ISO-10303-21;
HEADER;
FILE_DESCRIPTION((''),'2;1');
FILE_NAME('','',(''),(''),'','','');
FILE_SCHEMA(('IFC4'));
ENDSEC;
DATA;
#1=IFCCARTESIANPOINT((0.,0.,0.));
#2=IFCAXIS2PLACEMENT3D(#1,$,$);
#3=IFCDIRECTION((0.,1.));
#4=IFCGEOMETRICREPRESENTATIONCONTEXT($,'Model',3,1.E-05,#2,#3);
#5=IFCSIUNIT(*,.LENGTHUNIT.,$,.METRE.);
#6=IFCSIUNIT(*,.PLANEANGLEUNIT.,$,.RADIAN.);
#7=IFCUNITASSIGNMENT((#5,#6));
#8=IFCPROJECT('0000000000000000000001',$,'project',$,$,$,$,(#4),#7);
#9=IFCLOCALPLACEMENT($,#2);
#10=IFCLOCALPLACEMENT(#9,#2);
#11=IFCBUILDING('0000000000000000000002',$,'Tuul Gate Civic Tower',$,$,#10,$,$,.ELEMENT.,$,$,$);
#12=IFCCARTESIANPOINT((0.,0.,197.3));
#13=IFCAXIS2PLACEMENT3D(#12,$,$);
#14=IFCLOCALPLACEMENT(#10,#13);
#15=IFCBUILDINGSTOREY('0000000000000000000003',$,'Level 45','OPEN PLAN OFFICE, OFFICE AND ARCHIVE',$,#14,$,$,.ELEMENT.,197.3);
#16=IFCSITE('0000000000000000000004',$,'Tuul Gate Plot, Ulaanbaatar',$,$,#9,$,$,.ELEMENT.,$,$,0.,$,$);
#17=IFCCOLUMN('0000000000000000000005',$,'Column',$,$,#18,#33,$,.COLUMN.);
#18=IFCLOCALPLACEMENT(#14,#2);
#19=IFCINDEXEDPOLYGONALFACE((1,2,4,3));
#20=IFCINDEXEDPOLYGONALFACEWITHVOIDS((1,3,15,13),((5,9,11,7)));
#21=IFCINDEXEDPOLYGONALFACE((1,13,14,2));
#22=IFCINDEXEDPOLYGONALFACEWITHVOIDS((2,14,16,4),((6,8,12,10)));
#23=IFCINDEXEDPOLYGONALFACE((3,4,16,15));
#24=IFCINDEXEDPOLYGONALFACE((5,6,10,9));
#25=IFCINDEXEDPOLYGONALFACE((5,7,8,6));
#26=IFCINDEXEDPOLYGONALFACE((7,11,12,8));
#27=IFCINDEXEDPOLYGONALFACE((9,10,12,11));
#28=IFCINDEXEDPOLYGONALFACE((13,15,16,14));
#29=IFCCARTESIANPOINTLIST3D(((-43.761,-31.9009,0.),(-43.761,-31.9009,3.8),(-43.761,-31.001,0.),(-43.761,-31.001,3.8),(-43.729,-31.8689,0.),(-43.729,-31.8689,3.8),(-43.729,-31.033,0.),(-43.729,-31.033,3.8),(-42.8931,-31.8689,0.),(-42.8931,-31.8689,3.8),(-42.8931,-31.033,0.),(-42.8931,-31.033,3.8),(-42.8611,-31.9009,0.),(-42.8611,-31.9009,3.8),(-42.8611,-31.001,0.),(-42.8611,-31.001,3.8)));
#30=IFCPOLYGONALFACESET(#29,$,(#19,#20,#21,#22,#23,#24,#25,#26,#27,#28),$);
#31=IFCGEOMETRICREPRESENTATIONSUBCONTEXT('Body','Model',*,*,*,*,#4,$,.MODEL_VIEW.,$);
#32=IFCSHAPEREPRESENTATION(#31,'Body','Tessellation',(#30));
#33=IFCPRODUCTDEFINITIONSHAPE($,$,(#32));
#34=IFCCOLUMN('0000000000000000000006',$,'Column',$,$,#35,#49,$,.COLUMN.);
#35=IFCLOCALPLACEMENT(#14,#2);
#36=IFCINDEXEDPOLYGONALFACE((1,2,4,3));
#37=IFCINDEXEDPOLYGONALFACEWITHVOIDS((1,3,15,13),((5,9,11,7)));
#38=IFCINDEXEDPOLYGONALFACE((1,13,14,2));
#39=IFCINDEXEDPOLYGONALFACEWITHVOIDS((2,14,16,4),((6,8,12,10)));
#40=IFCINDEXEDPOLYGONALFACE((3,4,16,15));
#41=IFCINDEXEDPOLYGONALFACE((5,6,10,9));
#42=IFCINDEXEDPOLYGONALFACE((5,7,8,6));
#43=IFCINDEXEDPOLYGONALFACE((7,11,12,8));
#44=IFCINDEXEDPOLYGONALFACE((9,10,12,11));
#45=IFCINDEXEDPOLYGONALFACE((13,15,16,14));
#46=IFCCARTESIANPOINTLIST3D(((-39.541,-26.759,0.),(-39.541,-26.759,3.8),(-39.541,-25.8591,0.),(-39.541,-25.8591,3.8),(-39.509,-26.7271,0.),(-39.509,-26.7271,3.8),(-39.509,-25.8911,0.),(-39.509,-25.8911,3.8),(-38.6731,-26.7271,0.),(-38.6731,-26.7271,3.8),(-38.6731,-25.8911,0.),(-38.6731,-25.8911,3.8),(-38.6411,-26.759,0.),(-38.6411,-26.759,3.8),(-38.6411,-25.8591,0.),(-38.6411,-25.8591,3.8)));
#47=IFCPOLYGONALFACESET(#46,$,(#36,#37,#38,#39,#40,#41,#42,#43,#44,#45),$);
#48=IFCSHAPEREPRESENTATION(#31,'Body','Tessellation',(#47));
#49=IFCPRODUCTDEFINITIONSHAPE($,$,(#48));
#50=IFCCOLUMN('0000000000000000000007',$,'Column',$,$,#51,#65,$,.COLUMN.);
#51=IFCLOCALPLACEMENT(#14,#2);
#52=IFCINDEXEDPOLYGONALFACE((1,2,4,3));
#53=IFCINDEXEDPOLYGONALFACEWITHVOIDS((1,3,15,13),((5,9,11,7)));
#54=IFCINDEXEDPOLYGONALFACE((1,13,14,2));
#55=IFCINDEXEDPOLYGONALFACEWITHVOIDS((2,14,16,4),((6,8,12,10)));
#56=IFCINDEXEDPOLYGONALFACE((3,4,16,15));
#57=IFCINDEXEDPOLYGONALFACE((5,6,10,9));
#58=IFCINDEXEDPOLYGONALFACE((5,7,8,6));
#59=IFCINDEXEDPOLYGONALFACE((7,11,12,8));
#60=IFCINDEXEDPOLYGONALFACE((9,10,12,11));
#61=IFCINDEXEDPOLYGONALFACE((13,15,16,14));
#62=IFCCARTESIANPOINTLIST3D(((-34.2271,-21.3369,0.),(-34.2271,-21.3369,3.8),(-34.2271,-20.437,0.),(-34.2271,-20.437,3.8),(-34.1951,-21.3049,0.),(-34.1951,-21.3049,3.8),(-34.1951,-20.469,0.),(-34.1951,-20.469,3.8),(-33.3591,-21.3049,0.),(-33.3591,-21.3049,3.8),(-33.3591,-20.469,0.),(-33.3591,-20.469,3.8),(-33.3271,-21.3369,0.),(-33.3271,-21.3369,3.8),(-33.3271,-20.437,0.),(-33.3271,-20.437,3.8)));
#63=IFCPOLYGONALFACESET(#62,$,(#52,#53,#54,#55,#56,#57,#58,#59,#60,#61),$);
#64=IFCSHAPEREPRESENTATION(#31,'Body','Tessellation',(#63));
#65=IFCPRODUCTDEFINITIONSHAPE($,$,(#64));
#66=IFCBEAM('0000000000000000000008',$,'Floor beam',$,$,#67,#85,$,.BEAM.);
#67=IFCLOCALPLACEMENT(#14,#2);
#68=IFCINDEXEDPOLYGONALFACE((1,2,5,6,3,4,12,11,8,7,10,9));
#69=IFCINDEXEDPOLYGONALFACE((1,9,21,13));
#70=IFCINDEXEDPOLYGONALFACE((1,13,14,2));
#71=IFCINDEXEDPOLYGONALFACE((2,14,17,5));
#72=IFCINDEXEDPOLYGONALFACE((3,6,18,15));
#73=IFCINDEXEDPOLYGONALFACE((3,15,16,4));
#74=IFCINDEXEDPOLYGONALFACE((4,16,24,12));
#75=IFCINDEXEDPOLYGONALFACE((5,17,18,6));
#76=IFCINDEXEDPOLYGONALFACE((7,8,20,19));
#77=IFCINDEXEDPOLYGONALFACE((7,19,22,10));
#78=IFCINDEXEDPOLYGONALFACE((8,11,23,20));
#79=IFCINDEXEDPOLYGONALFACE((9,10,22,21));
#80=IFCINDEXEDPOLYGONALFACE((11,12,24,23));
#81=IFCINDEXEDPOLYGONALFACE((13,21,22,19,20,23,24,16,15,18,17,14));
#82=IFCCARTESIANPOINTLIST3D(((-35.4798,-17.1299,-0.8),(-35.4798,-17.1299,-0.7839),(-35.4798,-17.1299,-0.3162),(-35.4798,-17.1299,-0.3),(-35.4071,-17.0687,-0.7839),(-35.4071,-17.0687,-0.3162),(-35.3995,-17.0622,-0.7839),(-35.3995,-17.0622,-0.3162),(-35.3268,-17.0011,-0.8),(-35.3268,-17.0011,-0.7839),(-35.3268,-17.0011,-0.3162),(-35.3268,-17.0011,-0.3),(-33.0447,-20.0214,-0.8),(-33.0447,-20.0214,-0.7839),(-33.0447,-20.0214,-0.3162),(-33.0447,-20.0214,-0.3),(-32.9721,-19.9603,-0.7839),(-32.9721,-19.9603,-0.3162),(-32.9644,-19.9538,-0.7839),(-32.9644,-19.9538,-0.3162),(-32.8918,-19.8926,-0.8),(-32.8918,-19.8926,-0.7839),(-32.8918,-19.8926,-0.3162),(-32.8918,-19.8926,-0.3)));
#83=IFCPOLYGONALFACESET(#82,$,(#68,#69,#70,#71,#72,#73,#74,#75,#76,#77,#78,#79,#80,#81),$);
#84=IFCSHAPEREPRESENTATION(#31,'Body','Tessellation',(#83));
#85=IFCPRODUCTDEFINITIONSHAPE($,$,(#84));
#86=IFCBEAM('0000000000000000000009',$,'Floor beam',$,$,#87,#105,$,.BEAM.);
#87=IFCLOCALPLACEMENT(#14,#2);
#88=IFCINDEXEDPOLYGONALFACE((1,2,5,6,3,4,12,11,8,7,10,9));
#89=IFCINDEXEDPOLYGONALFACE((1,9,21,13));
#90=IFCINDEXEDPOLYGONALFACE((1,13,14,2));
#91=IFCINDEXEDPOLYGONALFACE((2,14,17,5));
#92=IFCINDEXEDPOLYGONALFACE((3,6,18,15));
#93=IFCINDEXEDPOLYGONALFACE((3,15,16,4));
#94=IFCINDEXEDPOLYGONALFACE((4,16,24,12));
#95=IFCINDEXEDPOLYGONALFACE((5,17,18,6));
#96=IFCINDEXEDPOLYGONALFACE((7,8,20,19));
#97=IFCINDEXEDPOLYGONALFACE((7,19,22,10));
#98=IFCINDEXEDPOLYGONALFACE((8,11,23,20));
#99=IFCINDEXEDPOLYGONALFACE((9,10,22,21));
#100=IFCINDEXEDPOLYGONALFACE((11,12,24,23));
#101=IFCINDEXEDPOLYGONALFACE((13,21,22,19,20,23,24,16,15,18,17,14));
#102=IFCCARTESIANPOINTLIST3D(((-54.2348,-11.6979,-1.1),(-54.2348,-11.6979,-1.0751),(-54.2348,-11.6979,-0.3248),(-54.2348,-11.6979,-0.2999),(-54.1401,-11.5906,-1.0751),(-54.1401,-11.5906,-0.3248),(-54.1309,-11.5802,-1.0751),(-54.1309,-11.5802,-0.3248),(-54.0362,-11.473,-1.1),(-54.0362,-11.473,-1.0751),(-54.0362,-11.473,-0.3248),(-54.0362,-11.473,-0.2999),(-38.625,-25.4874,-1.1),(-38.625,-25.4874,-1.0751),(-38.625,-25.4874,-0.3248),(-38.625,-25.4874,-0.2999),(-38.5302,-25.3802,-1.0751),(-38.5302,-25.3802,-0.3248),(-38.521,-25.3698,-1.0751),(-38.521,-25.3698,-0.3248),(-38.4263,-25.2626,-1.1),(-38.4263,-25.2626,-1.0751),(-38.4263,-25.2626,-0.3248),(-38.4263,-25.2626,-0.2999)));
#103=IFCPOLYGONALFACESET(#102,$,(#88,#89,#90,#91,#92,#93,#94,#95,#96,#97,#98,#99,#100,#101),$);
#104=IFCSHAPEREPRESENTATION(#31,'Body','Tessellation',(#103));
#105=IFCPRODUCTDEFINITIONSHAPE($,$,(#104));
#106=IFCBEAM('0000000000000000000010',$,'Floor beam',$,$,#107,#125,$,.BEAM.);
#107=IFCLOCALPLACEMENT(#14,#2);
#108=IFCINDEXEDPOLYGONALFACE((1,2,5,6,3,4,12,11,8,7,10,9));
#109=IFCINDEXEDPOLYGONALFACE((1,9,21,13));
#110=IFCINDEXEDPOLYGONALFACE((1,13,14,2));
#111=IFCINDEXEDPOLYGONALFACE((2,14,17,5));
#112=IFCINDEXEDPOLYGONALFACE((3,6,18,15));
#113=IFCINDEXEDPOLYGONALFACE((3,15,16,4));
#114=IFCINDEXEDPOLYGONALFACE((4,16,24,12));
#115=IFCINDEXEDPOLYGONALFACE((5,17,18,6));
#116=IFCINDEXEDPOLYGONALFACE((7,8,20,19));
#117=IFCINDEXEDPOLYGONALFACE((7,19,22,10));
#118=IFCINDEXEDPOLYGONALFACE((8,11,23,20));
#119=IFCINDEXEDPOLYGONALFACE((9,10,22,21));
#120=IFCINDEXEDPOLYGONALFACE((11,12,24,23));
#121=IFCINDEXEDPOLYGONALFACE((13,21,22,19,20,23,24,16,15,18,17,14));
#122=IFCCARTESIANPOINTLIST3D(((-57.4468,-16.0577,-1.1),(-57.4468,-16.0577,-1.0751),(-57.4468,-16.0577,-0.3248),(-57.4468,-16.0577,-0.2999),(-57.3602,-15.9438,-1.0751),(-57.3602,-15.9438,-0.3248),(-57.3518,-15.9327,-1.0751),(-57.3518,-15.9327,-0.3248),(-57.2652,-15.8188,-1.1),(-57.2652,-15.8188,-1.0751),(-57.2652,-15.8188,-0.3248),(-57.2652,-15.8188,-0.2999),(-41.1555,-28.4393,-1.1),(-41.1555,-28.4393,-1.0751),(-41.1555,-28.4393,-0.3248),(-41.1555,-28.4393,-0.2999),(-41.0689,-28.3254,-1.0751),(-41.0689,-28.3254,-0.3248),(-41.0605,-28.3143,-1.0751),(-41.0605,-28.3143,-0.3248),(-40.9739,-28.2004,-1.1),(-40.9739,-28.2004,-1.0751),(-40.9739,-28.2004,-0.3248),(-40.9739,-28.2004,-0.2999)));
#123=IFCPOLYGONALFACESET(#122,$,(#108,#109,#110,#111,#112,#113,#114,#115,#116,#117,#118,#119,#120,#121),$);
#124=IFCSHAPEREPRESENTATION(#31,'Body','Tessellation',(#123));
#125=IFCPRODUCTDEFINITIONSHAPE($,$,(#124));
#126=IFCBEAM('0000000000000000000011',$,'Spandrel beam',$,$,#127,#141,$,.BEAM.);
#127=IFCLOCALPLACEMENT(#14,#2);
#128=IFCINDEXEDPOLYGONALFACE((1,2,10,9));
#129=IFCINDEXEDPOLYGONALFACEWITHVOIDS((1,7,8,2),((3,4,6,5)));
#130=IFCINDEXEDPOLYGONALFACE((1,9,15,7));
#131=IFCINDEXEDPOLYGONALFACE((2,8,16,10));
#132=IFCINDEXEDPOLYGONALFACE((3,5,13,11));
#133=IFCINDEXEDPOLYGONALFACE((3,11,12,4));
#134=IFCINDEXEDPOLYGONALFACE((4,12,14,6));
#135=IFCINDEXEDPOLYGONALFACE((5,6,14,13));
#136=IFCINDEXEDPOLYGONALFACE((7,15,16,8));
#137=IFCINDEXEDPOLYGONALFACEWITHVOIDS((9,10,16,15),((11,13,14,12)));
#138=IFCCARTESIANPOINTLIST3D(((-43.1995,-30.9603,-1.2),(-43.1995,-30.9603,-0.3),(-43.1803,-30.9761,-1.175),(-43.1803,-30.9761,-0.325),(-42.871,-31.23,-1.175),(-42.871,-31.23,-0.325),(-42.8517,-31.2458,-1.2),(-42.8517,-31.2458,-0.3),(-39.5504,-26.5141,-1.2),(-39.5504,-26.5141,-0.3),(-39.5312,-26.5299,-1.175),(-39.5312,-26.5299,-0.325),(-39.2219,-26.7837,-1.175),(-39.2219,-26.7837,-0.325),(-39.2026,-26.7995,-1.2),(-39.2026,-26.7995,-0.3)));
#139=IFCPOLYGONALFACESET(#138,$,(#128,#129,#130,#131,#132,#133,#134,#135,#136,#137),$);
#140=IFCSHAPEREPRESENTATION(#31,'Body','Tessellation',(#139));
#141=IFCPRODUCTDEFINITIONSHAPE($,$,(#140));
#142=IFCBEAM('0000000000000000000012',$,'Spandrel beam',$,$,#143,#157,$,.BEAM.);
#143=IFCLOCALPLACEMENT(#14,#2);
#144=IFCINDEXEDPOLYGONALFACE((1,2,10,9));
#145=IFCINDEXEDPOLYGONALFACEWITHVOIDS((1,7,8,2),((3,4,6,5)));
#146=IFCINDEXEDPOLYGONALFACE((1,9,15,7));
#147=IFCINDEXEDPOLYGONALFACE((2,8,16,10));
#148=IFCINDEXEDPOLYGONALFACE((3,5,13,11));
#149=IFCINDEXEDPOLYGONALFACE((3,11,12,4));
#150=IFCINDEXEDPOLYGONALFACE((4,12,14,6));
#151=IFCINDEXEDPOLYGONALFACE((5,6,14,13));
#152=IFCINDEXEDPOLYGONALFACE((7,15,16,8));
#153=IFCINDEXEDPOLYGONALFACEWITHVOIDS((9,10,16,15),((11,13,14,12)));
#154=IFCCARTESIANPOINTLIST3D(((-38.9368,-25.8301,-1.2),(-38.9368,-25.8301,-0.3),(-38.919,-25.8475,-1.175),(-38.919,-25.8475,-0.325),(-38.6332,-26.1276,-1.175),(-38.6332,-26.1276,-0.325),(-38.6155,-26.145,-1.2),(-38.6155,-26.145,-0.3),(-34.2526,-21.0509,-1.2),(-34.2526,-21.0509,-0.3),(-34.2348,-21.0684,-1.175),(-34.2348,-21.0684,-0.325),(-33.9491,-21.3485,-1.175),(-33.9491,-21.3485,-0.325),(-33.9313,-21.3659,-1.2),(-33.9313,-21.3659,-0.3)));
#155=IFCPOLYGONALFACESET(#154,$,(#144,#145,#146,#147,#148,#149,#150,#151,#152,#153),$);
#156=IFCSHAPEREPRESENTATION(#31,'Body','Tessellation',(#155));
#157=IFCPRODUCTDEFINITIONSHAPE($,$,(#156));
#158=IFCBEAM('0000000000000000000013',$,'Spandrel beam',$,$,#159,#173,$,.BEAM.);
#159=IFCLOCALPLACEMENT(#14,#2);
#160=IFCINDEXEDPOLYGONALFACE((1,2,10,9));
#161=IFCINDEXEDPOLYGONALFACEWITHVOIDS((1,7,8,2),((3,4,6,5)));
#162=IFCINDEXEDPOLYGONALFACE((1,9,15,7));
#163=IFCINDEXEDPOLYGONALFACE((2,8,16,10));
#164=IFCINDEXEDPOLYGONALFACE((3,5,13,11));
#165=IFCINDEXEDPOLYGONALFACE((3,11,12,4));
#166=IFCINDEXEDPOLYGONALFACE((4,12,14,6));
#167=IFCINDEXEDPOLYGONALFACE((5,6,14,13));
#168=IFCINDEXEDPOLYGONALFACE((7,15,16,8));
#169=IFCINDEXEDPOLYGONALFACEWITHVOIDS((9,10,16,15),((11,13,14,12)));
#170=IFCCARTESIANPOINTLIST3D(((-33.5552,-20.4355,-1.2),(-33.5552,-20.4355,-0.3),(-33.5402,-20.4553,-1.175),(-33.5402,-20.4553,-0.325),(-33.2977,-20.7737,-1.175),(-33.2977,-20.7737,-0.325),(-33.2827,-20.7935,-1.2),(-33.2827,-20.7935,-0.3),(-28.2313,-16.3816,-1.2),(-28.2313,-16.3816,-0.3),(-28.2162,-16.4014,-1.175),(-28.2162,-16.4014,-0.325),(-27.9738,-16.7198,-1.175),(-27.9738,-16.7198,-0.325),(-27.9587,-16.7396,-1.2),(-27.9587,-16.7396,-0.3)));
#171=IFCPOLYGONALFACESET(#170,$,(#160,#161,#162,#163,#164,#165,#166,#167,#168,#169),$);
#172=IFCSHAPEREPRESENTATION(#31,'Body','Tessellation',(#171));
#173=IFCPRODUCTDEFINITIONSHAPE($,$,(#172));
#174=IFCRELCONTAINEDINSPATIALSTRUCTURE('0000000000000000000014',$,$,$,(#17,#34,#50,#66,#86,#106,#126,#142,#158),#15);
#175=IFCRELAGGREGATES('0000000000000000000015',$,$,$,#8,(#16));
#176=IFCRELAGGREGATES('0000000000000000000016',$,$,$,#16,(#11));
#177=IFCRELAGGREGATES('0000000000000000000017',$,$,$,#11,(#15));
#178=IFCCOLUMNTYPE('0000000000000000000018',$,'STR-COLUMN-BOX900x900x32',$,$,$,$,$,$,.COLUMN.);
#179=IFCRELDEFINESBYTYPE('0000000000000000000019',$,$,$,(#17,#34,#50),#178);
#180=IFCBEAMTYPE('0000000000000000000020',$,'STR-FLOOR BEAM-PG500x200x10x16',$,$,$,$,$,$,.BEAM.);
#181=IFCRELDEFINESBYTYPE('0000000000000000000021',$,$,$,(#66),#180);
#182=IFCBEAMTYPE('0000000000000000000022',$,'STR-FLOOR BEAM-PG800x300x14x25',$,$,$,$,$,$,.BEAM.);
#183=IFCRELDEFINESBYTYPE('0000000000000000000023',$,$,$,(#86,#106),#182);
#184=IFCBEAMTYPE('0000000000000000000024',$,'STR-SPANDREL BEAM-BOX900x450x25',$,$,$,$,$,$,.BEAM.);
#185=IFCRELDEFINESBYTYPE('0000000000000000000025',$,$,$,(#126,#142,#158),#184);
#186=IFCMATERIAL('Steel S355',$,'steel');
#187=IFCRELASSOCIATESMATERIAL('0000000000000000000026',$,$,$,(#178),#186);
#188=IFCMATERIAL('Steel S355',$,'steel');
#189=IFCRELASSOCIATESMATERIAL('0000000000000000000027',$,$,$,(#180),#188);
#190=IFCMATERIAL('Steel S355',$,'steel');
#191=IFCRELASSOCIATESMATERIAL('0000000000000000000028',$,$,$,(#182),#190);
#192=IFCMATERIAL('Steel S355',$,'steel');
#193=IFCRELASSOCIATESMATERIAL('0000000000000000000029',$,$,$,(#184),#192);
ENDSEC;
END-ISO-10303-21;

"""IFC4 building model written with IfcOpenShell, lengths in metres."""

from ifc_helpers import new_model, si_unit, direction, frame, origin, origin_2d, place, context, subcontext, project, spatial, hollow_rectangle, i_section, extrude, material, material_profile, profile_set, type_object, element, save


model = new_model("IFC4")

# Units and contexts
model_context = context("Model", 3, precision=1e-05, world=origin(), true_north=direction((0.0, 1.0)))
body_context = subcontext(model_context, "Body", "Model", "MODEL_VIEW")
ifc_project = project(units=[si_unit("LENGTHUNIT", "METRE"), si_unit("PLANEANGLEUNIT", "RADIAN")], contexts=[model_context])

# Site, building, storey
site_placement = place(None, origin())
site = spatial("IfcSite", under=ifc_project, at=site_placement, Name="Tuul Gate Plot, Ulaanbaatar", CompositionType="ELEMENT", RefElevation=0.0)
building_placement = place(site_placement, origin())
building = spatial("IfcBuilding", under=site, at=building_placement, Name="Tuul Gate Civic Tower", CompositionType="ELEMENT")
storey_placement = place(building_placement, frame((0.0, 0.0, 197.3)))
storey = spatial("IfcBuildingStorey", under=building, at=storey_placement, Name="Level 45", Description="OPEN PLAN OFFICE, OFFICE AND ARCHIVE", CompositionType="ELEMENT", Elevation=197.3)

# Columns
ifc_material_1 = material(Name="Steel S355", Category="steel")
ifc_material_profile_1 = material_profile(ifc_material_1, hollow_rectangle(XDim=0.8999, YDim=0.8999, WallThickness=0.032, at=origin_2d()), Name="BOX900x900x32")
ifc_profile_set_1 = profile_set([ifc_material_profile_1], Name="Steel S355")
column_type = type_object("IfcColumnType", Name="STR-COLUMN-BOX900x900x32", PredefinedType="COLUMN", material=ifc_profile_set_1)
for number, where, z_axis, x_axis, name in (
    (1, (-43.311, -31.4509, 0.0), (0.0, 0.0, 1.0), (1.0, 0.0, 0.0), "Column"),
    (2, (-39.0911, -26.3091, 0.0), (0.0, 0.0, 1.0), (1.0, 0.0, 0.0), "Column"),
    (3, (-33.7771, -20.887, 0.0), (0.0, 0.0, 1.0), (1.0, 0.0, 0.0), "Column"),
):
    element("IfcColumn", number, at=place(storey_placement, frame(where, z_axis=z_axis, x_axis=x_axis)), inside=storey, type_object=column_type, Name=name, PredefinedType="COLUMN", context=body_context, shape_type="SweptSolid", body=[
        extrude(hollow_rectangle(XDim=0.8999, YDim=0.8999, WallThickness=0.032, at=origin_2d()), origin(), (0.0, 0.0, 1.0), 3.8),
    ])

# Beams
ifc_material_2 = material(Name="Steel S355", Category="steel")
ifc_material_profile_2 = material_profile(ifc_material_2, i_section(OverallWidth=0.2, OverallDepth=0.5, WebThickness=0.01, FlangeThickness=0.0161, at=origin_2d()), Name="PG500x200x10x16")
ifc_profile_set_2 = profile_set([ifc_material_profile_2], Name="Steel S355")
beam_type_1 = type_object("IfcBeamType", Name="STR-FLOOR BEAM-PG500x200x10x16", PredefinedType="BEAM", material=ifc_profile_set_2)
beam_1_placement = place(storey_placement, frame((-32.9683, -19.957, -0.55), z_axis=(-0.64414, 0.764908, 0.0), x_axis=(-0.764908, -0.64414, 0.0)))
element("IfcBeam", 4, at=beam_1_placement, inside=storey, type_object=beam_type_1, Name="Floor beam", PredefinedType="BEAM", context=body_context, shape_type="SweptSolid", body=[
    extrude(i_section(OverallWidth=0.2, OverallDepth=0.5, WebThickness=0.01, FlangeThickness=0.0161, at=origin_2d()), origin(), (0.0, 0.0, 1.0), 3.7803),
])
ifc_material_3 = material(Name="Steel S355", Category="steel")
ifc_material_profile_3 = material_profile(ifc_material_3, i_section(OverallWidth=0.3, OverallDepth=0.8, WebThickness=0.0139, FlangeThickness=0.0249, at=origin_2d()), Name="PG800x300x14x25")
ifc_profile_set_3 = profile_set([ifc_material_profile_3], Name="Steel S355")
beam_type_2 = type_object("IfcBeamType", Name="STR-FLOOR BEAM-PG800x300x14x25", PredefinedType="BEAM", material=ifc_profile_set_3)
beam_2_placement = place(storey_placement, frame((-38.5256, -25.375, -0.7), z_axis=(-0.749453, 0.662057, 0.0), x_axis=(-0.662057, -0.749453, 0.0)))
element("IfcBeam", 5, at=beam_2_placement, inside=storey, type_object=beam_type_2, Name="Floor beam", PredefinedType="BEAM", context=body_context, shape_type="SweptSolid", body=[
    extrude(i_section(OverallWidth=0.3, OverallDepth=0.8, WebThickness=0.0139, FlangeThickness=0.0249, at=origin_2d()), origin(), (0.0, 0.0, 1.0), 20.8284),
])
beam_3_placement = place(storey_placement, frame((-41.0647, -28.3198, -0.7), z_axis=(-0.796157, 0.605091, 0.0), x_axis=(-0.605091, -0.796157, 0.0)))
element("IfcBeam", 6, at=beam_3_placement, inside=storey, type_object=beam_type_2, Name="Floor beam", PredefinedType="BEAM", context=body_context, shape_type="SweptSolid", body=[
    extrude(i_section(OverallWidth=0.3, OverallDepth=0.8, WebThickness=0.0139, FlangeThickness=0.0249, at=origin_2d()), origin(), (0.0, 0.0, 1.0), 20.4624),
])
ifc_material_4 = material(Name="Steel S355", Category="steel")
ifc_material_profile_4 = material_profile(ifc_material_4, hollow_rectangle(XDim=0.45, YDim=0.8999, WallThickness=0.0249, at=origin_2d()), Name="BOX900x450x25")
ifc_profile_set_4 = profile_set([ifc_material_profile_4], Name="Steel S355")
beam_type_3 = type_object("IfcBeamType", Name="STR-SPANDREL BEAM-BOX900x450x25", PredefinedType="BEAM", material=ifc_profile_set_4)
beam_4_placement = place(storey_placement, frame((-43.0256, -31.103, -0.75), z_axis=(0.634414, 0.772994, 0.0), x_axis=(-0.772994, 0.634414, 0.0)))
element("IfcBeam", 7, at=beam_4_placement, inside=storey, type_object=beam_type_3, Name="Spandrel beam", PredefinedType="BEAM", context=body_context, shape_type="SweptSolid", body=[
    extrude(hollow_rectangle(XDim=0.45, YDim=0.8999, WallThickness=0.0249, at=origin_2d()), origin(), (0.0, 0.0, 1.0), 5.752),
])
beam_5_placement = place(storey_placement, frame((-38.7761, -25.9875, -0.75), z_axis=(0.699975, 0.714167, 0.0), x_axis=(-0.714167, 0.699975, 0.0)))
element("IfcBeam", 8, at=beam_5_placement, inside=storey, type_object=beam_type_3, Name="Spandrel beam", PredefinedType="BEAM", context=body_context, shape_type="SweptSolid", body=[
    extrude(hollow_rectangle(XDim=0.45, YDim=0.8999, WallThickness=0.0249, at=origin_2d()), origin(), (0.0, 0.0, 1.0), 6.6919),
])
beam_6_placement = place(storey_placement, frame((-33.4189, -20.6145, -0.75), z_axis=(0.795605, 0.605816, 0.0), x_axis=(-0.605816, 0.795605, 0.0)))
element("IfcBeam", 9, at=beam_6_placement, inside=storey, type_object=beam_type_3, Name="Spandrel beam", PredefinedType="BEAM", context=body_context, shape_type="SweptSolid", body=[
    extrude(hollow_rectangle(XDim=0.45, YDim=0.8999, WallThickness=0.0249, at=origin_2d()), origin(), (0.0, 0.0, 1.0), 6.6917),
])

save(model, "model.ifc")
